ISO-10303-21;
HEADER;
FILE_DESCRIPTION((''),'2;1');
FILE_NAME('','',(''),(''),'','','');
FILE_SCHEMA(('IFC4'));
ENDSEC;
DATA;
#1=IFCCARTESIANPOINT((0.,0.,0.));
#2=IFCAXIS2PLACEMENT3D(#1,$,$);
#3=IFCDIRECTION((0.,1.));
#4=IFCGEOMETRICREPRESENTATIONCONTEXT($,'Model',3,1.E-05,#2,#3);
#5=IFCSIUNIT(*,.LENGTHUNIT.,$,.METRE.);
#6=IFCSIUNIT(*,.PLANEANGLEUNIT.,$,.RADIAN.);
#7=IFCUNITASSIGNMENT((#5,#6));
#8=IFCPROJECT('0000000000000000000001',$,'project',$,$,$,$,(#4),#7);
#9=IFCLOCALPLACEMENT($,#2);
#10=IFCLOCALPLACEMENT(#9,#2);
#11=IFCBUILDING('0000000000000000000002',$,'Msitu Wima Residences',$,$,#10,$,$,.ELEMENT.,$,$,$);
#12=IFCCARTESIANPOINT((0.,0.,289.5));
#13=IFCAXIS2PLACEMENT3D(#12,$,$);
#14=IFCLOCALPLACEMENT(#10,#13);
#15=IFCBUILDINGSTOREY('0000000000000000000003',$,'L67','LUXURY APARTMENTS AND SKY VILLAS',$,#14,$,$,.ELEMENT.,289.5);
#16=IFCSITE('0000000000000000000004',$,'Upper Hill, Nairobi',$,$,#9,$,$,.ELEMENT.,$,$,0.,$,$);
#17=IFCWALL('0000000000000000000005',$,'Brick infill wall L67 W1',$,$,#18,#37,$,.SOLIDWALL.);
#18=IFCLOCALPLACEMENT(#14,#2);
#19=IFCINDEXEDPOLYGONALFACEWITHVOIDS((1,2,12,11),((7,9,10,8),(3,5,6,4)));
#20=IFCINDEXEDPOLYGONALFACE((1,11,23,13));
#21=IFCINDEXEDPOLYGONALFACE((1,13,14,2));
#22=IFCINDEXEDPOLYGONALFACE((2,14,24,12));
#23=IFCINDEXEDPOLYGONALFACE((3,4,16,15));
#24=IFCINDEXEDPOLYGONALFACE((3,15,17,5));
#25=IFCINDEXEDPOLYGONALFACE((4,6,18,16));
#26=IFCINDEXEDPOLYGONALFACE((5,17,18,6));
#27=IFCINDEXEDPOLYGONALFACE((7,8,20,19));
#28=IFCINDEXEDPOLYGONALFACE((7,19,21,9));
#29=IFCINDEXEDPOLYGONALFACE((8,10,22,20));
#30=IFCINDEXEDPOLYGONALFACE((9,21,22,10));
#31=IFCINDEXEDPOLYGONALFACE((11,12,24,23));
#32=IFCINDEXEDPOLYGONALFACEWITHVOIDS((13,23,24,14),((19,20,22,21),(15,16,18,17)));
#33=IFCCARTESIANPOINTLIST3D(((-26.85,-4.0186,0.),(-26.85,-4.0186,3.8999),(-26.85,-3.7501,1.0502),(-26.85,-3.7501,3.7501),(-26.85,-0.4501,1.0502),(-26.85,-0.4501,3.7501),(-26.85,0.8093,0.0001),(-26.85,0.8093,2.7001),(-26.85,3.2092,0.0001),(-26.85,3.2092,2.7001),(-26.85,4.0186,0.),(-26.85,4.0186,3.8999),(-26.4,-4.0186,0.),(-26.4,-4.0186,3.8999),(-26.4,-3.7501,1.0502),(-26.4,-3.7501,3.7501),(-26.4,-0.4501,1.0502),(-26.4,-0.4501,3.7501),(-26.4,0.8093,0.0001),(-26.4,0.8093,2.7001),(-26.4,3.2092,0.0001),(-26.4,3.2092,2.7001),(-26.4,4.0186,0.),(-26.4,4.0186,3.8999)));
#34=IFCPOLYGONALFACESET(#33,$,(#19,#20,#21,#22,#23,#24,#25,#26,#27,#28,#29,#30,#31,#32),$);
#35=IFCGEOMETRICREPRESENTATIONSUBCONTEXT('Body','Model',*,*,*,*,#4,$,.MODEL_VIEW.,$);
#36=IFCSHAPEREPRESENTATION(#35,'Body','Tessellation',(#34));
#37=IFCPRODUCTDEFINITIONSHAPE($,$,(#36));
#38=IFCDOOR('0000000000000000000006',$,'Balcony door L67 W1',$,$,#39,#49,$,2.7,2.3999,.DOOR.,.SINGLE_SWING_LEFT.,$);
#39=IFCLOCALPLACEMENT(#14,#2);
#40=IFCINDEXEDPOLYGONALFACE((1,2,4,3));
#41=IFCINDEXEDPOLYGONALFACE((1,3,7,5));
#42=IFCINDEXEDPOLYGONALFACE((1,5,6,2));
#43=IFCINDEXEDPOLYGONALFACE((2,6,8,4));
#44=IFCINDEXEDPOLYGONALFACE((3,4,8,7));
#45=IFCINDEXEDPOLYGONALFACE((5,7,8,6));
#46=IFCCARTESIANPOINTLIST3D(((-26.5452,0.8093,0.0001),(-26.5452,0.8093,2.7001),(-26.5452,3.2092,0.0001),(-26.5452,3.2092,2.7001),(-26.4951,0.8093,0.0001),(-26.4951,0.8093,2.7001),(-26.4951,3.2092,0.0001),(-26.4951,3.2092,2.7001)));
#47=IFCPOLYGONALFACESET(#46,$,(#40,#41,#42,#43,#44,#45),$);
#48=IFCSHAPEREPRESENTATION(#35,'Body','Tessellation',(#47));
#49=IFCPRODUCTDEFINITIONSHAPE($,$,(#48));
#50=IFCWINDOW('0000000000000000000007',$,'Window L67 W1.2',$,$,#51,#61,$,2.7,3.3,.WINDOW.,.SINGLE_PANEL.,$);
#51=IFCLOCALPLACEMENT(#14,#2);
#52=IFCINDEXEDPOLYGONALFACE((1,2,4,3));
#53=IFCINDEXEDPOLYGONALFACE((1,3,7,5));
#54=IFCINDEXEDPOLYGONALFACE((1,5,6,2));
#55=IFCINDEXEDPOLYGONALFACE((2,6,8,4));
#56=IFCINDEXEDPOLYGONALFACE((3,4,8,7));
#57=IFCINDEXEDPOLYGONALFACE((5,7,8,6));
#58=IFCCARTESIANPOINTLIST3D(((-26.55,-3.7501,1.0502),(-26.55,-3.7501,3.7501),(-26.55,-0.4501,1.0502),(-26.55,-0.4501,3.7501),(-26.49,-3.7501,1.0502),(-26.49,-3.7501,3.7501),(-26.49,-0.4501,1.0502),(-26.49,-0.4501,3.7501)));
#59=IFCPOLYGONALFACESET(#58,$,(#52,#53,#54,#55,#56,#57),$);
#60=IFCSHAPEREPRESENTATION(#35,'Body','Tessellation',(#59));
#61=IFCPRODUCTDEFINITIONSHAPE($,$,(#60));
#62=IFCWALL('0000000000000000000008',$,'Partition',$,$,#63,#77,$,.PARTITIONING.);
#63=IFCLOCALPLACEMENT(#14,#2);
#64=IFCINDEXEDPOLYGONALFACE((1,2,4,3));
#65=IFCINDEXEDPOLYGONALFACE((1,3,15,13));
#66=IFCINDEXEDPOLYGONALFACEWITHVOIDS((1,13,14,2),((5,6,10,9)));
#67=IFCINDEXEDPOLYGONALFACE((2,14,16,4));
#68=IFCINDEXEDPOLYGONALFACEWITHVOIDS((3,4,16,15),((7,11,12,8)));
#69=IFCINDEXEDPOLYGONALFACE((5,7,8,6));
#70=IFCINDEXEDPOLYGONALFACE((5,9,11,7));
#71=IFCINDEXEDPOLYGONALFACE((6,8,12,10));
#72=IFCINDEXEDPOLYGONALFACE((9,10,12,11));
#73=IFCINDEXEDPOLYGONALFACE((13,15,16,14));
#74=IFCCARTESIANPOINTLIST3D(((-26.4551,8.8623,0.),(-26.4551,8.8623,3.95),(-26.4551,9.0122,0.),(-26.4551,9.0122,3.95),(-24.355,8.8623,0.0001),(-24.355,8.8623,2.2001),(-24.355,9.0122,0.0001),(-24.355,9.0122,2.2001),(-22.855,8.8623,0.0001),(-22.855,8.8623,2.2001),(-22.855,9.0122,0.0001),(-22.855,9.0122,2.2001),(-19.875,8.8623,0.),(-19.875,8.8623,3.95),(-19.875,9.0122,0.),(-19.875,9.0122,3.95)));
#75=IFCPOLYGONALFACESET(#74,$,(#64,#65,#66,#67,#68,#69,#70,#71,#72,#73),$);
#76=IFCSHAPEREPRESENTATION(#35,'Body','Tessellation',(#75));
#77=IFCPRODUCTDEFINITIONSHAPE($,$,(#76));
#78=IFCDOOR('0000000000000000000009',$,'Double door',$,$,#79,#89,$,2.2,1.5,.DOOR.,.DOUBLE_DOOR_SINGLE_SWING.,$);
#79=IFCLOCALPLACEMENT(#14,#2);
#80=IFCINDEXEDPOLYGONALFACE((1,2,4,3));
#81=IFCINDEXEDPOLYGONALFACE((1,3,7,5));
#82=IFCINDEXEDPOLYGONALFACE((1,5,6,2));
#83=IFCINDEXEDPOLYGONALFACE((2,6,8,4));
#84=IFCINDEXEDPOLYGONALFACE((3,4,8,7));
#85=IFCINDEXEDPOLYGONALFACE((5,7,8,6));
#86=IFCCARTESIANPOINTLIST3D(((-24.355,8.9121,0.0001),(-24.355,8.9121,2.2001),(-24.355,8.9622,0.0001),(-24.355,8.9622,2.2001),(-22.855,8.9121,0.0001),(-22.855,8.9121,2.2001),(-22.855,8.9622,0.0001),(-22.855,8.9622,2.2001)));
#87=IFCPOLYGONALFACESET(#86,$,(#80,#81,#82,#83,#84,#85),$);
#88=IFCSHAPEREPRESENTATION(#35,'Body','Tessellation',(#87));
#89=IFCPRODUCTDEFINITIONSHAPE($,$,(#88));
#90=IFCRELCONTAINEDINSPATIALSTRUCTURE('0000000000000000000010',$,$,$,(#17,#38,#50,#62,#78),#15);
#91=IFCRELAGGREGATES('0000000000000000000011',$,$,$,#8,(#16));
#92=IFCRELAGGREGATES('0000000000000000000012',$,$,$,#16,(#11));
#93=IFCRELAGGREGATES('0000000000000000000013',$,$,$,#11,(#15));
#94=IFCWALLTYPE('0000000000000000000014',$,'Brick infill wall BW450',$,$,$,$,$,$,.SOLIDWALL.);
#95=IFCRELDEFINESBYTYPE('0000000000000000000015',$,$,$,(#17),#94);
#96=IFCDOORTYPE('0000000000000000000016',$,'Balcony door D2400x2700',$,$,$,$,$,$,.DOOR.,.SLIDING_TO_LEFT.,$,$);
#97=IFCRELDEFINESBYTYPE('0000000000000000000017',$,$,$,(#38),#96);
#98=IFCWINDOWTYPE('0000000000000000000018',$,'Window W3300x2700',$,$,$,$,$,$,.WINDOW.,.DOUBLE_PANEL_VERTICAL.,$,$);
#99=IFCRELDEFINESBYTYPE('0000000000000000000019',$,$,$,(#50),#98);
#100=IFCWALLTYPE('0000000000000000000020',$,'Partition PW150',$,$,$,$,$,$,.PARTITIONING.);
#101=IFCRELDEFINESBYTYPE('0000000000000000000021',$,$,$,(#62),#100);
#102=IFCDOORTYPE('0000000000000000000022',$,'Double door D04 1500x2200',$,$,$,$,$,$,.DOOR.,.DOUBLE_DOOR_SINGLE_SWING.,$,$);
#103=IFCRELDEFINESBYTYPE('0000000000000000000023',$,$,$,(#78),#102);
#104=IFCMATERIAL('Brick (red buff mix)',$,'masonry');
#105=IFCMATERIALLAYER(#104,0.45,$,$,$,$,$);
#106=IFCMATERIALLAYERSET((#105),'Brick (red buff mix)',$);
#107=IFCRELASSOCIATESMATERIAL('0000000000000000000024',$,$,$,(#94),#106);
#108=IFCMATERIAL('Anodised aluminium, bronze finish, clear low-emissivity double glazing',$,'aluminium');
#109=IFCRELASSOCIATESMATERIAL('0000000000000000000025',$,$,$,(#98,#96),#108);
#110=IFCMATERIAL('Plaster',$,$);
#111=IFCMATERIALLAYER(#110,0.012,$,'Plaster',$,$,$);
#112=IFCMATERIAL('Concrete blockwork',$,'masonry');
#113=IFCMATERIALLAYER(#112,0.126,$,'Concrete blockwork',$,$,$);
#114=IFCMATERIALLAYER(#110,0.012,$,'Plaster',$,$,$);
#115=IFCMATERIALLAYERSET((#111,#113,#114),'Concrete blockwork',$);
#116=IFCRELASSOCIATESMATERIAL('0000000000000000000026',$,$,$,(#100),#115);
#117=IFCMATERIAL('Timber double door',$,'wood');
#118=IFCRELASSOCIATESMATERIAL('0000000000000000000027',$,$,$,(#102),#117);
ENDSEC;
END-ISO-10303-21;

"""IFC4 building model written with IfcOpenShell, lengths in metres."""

from ifc_helpers import new_model, si_unit, direction, frame, frame_2d, origin, place, context, subcontext, project, spatial, rectangle, extrude, material, layer, layer_set, type_object, element, fill, save


model = new_model("IFC4")

# Units and contexts
model_context = context("Model", 3, precision=1e-05, world=origin(), true_north=direction((0.0, 1.0)))
body_context = subcontext(model_context, "Body", "Model", "MODEL_VIEW")
ifc_project = project(units=[si_unit("LENGTHUNIT", "METRE"), si_unit("PLANEANGLEUNIT", "RADIAN")], contexts=[model_context])

# Site, building, storey
site_placement = place(None, origin())
site = spatial("IfcSite", under=ifc_project, at=site_placement, Name="Upper Hill, Nairobi", CompositionType="ELEMENT", RefElevation=0.0)
building_placement = place(site_placement, origin())
building = spatial("IfcBuilding", under=site, at=building_placement, Name="Msitu Wima Residences", CompositionType="ELEMENT")
storey_placement = place(building_placement, frame((0.0, 0.0, 289.5)))
storey = spatial("IfcBuildingStorey", under=building, at=storey_placement, Name="L67", Description="LUXURY APARTMENTS AND SKY VILLAS", CompositionType="ELEMENT", Elevation=289.5)

# Shared definitions
ifc_material_1 = material(Name="Brick (red buff mix)", Category="masonry")
ifc_layer_1 = layer(ifc_material_1, 0.45)
ifc_layer_set_1 = layer_set([ifc_layer_1], Name="Brick (red buff mix)")
wall_type_1 = type_object("IfcWallType", Name="Brick infill wall BW450", PredefinedType="SOLIDWALL", material=ifc_layer_set_1)
ifc_material_2 = material(Name="Anodised aluminium, bronze finish, clear low-emissivity double glazing", Category="aluminium")
window_type = type_object("IfcWindowType", Name="Window W3300x2700", PartitioningType="DOUBLE_PANEL_VERTICAL", PredefinedType="WINDOW", material=ifc_material_2)

# Wall, openings, door, window
wall_1_placement = place(storey_placement, frame((-26.625, 4.0186, 0.0), z_axis=(0.0, 0.0, 1.0), x_axis=(0.0, -1.0, 0.0)))
wall_1 = element("IfcWall", 1, at=wall_1_placement, inside=storey, type_object=wall_type_1, Name="Brick infill wall L67 W1", PredefinedType="SOLIDWALL", context=body_context, shape_type="SweptSolid", body=[
    extrude(rectangle(XDim=8.0371, YDim=0.45, at=frame_2d((4.0186, 0.0))), origin(), (0.0, 0.0, 1.0), 3.8999),
])
opening_1_placement = place(wall_1_placement, frame((0.8093, 0.0, 0.0)))
opening_1 = element("IfcOpeningElement", 2, at=opening_1_placement, cuts=wall_1, PredefinedType="OPENING", context=body_context, shape_type="SweptSolid", body=[
    extrude(rectangle(XDim=2.3999, YDim=2.7, at=frame_2d((1.2, 1.3501))), frame((0.0, 0.2349, 0.0), z_axis=(0.0, -1.0, 0.0), x_axis=(1.0, 0.0, 0.0)), (0.0, 0.0, 1.0), 0.47),
])
opening_2_placement = place(wall_1_placement, frame((4.4688, 0.0, 1.05)))
opening_2 = element("IfcOpeningElement", 3, at=opening_2_placement, cuts=wall_1, PredefinedType="OPENING", context=body_context, shape_type="SweptSolid", body=[
    extrude(rectangle(XDim=3.3, YDim=2.7, at=frame_2d((1.6499, 1.3501))), frame((0.0, 0.2349, 0.0), z_axis=(0.0, -1.0, 0.0), x_axis=(1.0, 0.0, 0.0)), (0.0, 0.0, 1.0), 0.47),
])
door_type_1 = type_object("IfcDoorType", Name="Balcony door D2400x2700", OperationType="SLIDING_TO_LEFT", PredefinedType="DOOR", material=ifc_material_2)
door_1_placement = place(opening_1_placement, origin())
door_1 = element("IfcDoor", 4, at=door_1_placement, inside=storey, type_object=door_type_1, Name="Balcony door L67 W1", OperationType="SINGLE_SWING_LEFT", OverallHeight=2.7, OverallWidth=2.3999, PredefinedType="DOOR", context=body_context, shape_type="SweptSolid", body=[
    extrude(rectangle(XDim=2.3999, YDim=2.7, at=frame_2d((1.2, 1.3501))), frame((0.0, 0.1299, 0.0), z_axis=(0.0, -1.0, 0.0), x_axis=(1.0, 0.0, 0.0)), (0.0, 0.0, 1.0), 0.05),
])
fill(opening_1, door_1)
window_1_placement = place(opening_2_placement, origin())
window_1 = element("IfcWindow", 5, at=window_1_placement, inside=storey, type_object=window_type, Name="Window L67 W1.2", OverallHeight=2.7, OverallWidth=3.3, PartitioningType="SINGLE_PANEL", PredefinedType="WINDOW", context=body_context, shape_type="SweptSolid", body=[
    extrude(rectangle(XDim=3.3, YDim=2.7, at=frame_2d((1.6499, 1.3501))), frame((0.0, 0.135, 0.0), z_axis=(0.0, -1.0, 0.0), x_axis=(1.0, 0.0, 0.0)), (0.0, 0.0, 1.0), 0.0601),
])
fill(opening_2, window_1)

# Wall, opening, door
ifc_material_3 = material(Name="Plaster")
ifc_layer_2 = layer(ifc_material_3, 0.012, Name="Plaster")
ifc_material_4 = material(Name="Concrete blockwork", Category="masonry")
ifc_layer_3 = layer(ifc_material_4, 0.126, Name="Concrete blockwork")
ifc_layer_4 = layer(ifc_material_3, 0.012, Name="Plaster")
ifc_layer_set_2 = layer_set([ifc_layer_2, ifc_layer_3, ifc_layer_4], Name="Concrete blockwork")
wall_type_2 = type_object("IfcWallType", Name="Partition PW150", PredefinedType="PARTITIONING", material=ifc_layer_set_2)
wall_2_placement = place(storey_placement, frame((-26.4551, 8.9373, 0.0), z_axis=(0.0, 0.0, 1.0), x_axis=(1.0, 0.0, 0.0)))
wall_2 = element("IfcWall", 6, at=wall_2_placement, inside=storey, type_object=wall_type_2, Name="Partition", PredefinedType="PARTITIONING", context=body_context, shape_type="SweptSolid", body=[
    extrude(rectangle(XDim=6.5801, YDim=0.1499, at=frame_2d((3.29, 0.0))), origin(), (0.0, 0.0, 1.0), 3.95),
])
opening_3_placement = place(wall_2_placement, frame((2.1001, 0.0, 0.0)))
opening_3 = element("IfcOpeningElement", 7, at=opening_3_placement, cuts=wall_2, PredefinedType="OPENING", context=body_context, shape_type="SweptSolid", body=[
    extrude(rectangle(XDim=1.5, YDim=2.2, at=frame_2d((0.75, 1.1001))), frame((0.0, 0.085, 0.0), z_axis=(0.0, -1.0, 0.0), x_axis=(1.0, 0.0, 0.0)), (0.0, 0.0, 1.0), 0.1699),
])
ifc_material_5 = material(Name="Timber double door", Category="wood")
door_type_2 = type_object("IfcDoorType", Name="Double door D04 1500x2200", OperationType="DOUBLE_DOOR_SINGLE_SWING", PredefinedType="DOOR", material=ifc_material_5)
door_2_placement = place(opening_3_placement, origin())
door_2 = element("IfcDoor", 8, at=door_2_placement, inside=storey, type_object=door_type_2, Name="Double door", OperationType="DOUBLE_DOOR_SINGLE_SWING", OverallHeight=2.2, OverallWidth=1.5, PredefinedType="DOOR", context=body_context, shape_type="SweptSolid", body=[
    extrude(rectangle(XDim=1.5, YDim=2.2, at=frame_2d((0.75, 1.1001))), frame((0.0, 0.0249, 0.0), z_axis=(0.0, -1.0, 0.0), x_axis=(1.0, 0.0, 0.0)), (0.0, 0.0, 1.0), 0.05),
])
fill(opening_3, door_2)

save(model, "model.ifc")
